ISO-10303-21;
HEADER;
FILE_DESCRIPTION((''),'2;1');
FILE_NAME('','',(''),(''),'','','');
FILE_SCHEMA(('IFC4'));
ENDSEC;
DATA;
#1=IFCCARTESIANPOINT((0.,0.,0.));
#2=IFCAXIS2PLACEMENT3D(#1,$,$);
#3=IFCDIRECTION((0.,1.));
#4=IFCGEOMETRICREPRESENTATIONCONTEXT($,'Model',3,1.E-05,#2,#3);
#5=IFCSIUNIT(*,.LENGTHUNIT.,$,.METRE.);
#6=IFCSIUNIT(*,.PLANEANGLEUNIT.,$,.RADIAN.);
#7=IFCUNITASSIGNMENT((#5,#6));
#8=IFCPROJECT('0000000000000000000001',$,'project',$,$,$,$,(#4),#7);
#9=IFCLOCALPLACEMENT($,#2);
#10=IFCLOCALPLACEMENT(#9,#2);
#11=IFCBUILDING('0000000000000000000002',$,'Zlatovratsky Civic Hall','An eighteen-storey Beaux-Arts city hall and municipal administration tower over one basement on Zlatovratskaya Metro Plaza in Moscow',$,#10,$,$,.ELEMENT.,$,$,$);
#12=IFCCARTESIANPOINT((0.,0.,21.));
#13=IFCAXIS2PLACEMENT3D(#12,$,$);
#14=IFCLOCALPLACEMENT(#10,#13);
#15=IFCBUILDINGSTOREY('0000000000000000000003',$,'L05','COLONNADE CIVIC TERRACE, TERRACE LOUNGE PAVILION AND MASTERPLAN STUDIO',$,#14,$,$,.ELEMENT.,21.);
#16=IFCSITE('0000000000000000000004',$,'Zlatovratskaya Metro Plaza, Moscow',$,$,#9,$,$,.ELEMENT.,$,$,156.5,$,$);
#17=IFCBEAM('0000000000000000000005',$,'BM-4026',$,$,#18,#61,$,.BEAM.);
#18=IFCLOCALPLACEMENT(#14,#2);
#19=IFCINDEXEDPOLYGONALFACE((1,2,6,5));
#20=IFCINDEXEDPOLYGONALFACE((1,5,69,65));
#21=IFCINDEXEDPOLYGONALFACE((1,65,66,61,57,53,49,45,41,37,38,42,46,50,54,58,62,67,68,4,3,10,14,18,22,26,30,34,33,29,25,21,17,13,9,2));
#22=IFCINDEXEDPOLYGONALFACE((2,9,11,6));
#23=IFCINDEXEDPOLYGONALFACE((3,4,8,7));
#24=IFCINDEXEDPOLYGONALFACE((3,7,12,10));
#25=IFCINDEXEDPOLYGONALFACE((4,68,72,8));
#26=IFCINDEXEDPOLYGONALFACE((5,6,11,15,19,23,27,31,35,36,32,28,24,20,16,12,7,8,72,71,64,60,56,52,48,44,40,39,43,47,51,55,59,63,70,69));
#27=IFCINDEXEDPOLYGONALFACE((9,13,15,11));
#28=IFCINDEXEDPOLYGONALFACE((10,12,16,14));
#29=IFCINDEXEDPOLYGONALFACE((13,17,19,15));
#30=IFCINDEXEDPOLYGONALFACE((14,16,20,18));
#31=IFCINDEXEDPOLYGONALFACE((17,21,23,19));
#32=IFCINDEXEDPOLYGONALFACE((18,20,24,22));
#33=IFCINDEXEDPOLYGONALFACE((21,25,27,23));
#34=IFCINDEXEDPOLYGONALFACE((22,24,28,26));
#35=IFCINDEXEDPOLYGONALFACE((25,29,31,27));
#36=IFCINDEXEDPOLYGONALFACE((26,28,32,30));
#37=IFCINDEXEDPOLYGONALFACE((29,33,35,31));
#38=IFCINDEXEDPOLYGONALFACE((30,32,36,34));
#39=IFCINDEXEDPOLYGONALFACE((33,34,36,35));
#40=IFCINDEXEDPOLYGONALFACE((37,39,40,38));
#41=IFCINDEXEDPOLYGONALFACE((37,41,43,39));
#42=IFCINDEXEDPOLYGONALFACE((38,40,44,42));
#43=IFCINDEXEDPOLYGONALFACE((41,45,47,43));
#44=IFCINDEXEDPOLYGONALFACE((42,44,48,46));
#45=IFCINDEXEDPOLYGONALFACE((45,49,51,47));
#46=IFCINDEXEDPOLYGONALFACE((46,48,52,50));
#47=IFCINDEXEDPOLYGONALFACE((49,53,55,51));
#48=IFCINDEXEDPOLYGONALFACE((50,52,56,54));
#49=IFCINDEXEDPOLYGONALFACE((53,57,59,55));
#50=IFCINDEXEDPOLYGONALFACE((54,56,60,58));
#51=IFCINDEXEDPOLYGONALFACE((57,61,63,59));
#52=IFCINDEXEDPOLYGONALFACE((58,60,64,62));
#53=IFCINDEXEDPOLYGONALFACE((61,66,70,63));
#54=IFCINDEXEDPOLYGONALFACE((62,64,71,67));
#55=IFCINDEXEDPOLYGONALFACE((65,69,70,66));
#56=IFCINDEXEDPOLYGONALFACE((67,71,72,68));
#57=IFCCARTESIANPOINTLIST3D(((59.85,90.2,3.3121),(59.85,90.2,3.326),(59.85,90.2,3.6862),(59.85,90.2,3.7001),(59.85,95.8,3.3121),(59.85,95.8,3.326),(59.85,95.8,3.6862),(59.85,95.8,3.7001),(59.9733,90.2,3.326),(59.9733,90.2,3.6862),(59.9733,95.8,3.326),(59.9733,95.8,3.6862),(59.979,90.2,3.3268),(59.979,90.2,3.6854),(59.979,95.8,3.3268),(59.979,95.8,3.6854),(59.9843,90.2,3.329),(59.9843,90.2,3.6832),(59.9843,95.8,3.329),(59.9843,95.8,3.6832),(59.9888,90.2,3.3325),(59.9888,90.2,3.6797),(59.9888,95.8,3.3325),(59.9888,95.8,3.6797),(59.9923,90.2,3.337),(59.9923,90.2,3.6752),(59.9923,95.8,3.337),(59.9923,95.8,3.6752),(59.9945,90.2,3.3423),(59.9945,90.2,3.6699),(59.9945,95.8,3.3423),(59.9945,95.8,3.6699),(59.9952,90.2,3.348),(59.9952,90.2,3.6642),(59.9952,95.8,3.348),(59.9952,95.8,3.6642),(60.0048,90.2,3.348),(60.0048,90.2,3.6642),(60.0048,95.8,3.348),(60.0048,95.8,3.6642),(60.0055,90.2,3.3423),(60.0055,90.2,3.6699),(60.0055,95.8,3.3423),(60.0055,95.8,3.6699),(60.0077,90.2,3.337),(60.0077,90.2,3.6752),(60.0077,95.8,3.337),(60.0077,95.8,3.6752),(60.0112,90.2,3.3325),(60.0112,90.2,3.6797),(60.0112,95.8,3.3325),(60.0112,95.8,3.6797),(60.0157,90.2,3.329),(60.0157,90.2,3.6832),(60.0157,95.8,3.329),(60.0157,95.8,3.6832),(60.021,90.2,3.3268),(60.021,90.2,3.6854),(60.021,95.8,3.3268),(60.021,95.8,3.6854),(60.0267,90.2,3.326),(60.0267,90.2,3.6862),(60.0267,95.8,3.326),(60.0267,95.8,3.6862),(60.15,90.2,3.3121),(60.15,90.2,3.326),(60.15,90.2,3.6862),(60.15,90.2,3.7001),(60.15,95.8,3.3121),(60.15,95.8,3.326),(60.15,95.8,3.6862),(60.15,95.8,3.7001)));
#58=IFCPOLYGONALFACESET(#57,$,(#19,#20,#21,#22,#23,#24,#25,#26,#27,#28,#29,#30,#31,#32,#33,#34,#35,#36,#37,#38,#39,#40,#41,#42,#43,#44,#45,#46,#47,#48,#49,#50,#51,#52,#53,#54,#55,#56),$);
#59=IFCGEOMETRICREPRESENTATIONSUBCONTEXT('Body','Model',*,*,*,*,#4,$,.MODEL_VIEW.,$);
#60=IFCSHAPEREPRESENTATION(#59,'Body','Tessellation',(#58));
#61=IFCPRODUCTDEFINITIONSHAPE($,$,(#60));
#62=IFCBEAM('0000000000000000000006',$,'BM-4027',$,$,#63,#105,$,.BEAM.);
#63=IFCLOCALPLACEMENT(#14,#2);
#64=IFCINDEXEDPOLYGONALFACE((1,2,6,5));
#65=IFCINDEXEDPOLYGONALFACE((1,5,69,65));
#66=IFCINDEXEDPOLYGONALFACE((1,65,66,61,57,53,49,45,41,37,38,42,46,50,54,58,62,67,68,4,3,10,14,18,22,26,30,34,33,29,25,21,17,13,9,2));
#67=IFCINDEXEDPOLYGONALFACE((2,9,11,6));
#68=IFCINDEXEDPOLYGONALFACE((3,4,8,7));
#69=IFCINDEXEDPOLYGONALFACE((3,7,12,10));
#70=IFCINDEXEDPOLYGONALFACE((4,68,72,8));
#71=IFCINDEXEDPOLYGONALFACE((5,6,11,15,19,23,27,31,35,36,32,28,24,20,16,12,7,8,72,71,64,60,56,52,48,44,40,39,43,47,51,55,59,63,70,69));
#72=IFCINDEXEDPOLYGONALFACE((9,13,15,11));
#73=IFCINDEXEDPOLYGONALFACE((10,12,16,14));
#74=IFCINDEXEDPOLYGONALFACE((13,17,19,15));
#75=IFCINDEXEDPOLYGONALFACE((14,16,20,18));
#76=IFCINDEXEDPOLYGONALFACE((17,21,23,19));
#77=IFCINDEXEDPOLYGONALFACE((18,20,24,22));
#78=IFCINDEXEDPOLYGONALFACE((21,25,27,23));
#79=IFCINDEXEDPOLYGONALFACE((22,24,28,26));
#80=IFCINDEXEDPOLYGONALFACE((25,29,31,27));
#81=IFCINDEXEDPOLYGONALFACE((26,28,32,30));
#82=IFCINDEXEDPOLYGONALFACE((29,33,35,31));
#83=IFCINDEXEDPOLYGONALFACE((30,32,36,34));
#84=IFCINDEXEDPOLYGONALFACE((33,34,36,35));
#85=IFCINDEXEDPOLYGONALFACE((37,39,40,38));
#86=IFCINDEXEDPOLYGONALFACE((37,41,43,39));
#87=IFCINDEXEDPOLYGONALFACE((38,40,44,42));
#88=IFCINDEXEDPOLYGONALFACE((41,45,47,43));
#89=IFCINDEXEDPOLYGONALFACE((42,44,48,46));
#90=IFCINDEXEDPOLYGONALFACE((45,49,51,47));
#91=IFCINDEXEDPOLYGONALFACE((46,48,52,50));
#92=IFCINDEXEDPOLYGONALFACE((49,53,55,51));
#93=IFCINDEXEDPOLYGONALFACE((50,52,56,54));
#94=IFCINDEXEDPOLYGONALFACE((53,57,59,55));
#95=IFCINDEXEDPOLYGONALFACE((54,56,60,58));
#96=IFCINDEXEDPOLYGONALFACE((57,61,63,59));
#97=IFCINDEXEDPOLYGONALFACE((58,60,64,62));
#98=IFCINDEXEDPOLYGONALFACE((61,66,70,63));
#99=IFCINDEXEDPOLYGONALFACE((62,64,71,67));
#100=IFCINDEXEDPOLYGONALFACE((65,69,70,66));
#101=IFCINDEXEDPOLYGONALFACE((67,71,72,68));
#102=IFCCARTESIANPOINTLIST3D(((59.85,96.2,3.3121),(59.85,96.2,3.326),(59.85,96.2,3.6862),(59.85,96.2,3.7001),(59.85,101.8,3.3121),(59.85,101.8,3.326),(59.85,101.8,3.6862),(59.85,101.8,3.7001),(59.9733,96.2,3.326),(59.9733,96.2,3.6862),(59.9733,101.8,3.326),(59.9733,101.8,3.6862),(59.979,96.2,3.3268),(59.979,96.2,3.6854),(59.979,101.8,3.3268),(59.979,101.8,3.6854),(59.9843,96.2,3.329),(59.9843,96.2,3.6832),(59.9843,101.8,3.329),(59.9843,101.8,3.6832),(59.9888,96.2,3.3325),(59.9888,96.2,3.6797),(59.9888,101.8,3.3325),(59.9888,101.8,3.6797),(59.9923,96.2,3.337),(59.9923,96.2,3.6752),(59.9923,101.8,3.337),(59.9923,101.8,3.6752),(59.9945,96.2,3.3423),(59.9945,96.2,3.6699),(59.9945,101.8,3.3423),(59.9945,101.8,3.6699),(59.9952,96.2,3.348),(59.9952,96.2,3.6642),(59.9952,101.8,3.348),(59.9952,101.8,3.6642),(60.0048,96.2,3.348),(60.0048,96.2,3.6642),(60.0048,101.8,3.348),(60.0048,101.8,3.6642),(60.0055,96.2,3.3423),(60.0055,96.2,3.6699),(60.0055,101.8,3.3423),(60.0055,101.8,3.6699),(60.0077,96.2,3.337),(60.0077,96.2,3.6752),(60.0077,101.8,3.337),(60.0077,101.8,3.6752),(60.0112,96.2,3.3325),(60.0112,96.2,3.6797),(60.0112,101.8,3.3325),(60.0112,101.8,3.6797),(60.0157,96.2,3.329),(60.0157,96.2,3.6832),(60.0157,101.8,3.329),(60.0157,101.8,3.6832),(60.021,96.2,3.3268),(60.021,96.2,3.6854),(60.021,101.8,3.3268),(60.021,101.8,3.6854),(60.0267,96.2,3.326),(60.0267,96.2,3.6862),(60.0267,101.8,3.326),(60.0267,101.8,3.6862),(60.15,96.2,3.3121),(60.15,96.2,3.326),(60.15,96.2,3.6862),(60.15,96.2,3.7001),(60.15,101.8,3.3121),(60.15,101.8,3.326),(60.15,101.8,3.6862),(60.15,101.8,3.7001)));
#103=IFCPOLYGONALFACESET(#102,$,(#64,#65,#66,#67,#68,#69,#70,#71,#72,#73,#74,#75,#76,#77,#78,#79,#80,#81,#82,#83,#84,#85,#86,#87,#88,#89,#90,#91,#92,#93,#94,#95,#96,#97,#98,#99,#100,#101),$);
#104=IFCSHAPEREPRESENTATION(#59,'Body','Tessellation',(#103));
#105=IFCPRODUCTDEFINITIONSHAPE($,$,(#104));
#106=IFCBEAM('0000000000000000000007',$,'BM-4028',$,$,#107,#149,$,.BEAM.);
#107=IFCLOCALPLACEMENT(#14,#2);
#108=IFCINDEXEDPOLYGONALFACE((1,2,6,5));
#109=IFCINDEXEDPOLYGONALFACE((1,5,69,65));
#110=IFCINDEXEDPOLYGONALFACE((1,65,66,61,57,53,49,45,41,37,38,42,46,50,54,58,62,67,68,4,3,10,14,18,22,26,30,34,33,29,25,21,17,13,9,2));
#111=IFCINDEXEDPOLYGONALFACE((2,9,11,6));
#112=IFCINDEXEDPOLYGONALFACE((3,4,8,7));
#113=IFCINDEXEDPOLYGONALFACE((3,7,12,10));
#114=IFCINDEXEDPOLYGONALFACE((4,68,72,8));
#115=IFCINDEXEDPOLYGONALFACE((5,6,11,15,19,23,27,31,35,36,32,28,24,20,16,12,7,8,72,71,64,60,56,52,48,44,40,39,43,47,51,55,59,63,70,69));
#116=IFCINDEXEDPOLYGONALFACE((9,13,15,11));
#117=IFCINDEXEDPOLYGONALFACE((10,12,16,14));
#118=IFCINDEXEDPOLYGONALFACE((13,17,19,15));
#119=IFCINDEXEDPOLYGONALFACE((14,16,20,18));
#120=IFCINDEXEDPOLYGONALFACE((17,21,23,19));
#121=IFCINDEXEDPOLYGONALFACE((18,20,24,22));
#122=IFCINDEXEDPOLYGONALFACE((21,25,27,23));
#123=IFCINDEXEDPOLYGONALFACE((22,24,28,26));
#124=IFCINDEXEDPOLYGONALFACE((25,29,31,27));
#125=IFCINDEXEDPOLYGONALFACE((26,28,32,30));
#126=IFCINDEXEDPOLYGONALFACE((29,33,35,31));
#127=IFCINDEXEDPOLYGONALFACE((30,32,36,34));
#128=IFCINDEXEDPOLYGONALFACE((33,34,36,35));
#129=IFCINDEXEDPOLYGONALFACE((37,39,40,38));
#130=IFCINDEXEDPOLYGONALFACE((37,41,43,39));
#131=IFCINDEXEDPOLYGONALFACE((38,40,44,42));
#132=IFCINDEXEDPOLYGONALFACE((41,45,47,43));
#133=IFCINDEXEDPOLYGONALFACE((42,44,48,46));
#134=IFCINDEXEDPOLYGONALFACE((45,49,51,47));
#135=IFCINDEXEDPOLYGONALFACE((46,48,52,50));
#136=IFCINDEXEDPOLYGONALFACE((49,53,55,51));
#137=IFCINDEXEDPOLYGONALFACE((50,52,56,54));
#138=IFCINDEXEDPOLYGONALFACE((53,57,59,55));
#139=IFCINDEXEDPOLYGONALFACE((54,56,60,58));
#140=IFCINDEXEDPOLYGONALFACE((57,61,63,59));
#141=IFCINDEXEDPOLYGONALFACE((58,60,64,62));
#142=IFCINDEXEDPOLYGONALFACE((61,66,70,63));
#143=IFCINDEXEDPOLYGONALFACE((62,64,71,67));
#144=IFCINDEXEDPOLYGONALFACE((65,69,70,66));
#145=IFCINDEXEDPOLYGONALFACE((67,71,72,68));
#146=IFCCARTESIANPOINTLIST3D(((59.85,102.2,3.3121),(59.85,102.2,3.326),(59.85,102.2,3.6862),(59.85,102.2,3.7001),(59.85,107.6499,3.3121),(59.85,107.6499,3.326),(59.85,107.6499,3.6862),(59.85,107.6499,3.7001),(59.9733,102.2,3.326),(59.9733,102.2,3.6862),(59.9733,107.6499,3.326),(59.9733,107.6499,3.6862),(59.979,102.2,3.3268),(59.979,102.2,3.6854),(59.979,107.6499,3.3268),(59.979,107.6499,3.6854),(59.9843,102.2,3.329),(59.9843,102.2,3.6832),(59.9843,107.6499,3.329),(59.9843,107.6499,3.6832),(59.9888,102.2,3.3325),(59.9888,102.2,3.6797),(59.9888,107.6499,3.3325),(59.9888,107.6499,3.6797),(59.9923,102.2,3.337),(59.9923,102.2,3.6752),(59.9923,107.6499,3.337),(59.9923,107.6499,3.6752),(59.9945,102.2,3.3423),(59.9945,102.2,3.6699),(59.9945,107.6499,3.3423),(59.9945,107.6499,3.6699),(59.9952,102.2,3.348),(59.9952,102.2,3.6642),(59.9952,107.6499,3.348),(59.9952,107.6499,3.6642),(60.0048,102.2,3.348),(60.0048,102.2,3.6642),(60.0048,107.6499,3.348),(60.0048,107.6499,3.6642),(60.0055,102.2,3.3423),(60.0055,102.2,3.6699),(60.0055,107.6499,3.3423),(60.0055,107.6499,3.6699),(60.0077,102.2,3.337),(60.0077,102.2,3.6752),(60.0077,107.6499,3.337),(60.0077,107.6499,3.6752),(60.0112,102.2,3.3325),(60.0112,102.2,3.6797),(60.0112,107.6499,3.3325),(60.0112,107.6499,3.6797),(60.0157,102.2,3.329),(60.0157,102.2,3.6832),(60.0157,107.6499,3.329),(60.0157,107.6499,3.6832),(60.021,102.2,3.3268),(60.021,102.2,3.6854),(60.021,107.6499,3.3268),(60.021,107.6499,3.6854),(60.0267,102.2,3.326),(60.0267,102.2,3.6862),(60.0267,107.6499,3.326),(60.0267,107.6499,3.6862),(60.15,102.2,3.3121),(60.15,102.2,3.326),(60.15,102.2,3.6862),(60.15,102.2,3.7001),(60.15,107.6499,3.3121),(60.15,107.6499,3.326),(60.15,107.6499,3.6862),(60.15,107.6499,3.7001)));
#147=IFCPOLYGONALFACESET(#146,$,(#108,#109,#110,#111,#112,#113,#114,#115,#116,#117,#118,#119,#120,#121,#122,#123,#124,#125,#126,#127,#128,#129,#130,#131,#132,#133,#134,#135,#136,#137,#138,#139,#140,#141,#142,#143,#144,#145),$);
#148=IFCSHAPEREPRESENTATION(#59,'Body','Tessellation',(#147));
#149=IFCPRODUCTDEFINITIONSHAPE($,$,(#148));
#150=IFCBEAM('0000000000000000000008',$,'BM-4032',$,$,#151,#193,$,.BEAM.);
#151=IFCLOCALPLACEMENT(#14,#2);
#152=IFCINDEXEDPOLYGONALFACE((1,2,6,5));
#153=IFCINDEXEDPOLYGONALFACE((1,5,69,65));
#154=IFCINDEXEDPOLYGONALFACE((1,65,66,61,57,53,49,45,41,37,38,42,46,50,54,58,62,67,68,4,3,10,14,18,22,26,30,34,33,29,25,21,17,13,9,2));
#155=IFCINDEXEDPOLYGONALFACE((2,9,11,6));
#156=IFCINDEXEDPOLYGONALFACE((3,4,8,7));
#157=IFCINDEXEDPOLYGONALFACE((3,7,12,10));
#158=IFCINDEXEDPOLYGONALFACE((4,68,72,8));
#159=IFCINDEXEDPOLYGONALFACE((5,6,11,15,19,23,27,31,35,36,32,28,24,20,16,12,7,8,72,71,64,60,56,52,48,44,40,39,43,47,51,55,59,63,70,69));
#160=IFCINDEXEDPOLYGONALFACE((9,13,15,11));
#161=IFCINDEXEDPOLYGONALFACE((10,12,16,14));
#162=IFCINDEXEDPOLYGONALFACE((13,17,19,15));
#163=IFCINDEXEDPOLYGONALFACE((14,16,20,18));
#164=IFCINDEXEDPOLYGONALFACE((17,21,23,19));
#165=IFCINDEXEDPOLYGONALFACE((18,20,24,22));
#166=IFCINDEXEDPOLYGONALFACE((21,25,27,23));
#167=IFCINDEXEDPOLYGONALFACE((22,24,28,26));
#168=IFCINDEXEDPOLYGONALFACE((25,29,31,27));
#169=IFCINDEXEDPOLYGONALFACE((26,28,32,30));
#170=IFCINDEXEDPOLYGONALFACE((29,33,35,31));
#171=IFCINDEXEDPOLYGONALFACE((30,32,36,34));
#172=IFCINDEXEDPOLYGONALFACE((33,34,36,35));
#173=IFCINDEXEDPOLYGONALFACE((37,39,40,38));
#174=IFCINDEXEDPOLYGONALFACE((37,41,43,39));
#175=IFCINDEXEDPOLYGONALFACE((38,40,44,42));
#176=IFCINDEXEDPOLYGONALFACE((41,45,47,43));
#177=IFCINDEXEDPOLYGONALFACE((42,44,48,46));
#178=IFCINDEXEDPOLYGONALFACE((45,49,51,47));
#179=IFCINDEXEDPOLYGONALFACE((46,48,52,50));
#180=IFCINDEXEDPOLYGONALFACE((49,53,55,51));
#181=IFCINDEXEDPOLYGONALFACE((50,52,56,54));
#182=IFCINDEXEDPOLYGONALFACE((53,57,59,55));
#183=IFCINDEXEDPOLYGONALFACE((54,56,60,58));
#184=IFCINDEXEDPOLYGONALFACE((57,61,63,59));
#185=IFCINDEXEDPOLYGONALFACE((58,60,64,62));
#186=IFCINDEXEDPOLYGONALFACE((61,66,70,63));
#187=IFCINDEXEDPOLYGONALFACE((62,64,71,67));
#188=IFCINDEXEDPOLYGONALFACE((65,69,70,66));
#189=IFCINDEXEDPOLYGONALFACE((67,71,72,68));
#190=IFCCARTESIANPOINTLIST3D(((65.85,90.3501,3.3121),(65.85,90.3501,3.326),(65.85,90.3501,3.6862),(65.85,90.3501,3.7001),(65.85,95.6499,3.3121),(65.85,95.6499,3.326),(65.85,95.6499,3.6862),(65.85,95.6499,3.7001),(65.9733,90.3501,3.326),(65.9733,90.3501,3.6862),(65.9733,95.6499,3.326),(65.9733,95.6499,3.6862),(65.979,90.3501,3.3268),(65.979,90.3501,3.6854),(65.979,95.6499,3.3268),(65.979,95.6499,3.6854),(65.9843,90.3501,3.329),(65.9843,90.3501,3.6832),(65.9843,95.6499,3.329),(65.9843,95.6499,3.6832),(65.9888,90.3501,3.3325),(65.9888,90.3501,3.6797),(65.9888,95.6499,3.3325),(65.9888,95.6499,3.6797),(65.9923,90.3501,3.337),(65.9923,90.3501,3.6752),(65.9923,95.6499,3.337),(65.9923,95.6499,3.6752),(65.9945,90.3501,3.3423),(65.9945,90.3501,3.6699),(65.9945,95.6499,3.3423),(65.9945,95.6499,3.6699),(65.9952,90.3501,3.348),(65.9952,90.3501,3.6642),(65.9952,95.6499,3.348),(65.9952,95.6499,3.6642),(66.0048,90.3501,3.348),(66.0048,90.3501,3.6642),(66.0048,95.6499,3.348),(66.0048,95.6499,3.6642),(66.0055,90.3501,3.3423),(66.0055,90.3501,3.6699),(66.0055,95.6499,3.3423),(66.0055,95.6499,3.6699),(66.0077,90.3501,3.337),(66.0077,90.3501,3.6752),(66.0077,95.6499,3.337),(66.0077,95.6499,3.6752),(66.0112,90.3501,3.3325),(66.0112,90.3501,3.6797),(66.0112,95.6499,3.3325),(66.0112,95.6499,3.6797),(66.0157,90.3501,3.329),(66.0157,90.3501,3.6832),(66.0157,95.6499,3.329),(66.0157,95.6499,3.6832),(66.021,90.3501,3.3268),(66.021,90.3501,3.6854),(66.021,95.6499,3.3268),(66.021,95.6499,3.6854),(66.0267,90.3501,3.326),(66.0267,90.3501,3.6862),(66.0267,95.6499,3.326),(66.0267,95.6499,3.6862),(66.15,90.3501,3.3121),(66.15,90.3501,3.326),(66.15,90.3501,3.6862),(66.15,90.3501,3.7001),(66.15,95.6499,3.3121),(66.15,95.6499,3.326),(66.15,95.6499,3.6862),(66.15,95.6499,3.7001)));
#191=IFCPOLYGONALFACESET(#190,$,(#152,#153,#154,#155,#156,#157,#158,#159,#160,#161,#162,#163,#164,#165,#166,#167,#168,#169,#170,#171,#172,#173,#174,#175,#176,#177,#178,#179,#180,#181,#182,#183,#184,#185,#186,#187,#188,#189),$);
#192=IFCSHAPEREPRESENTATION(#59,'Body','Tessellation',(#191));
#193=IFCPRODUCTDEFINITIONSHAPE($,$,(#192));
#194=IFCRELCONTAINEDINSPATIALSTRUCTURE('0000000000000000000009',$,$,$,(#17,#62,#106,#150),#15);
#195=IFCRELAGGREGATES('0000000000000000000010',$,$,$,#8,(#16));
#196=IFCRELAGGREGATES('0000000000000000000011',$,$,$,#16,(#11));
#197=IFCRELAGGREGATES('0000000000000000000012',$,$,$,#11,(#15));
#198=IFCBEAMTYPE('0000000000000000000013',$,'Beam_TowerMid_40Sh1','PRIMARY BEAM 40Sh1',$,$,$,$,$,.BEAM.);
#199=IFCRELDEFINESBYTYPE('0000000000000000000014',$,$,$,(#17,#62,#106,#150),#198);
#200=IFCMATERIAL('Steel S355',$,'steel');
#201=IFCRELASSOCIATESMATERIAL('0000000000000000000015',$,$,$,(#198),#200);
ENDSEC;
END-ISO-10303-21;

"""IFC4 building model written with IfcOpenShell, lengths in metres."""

from ifc_helpers import new_model, si_unit, direction, frame, origin, origin_2d, place, context, subcontext, project, spatial, i_section, extrude, material, material_profile, profile_set, type_object, element, save


model = new_model("IFC4")

# Units and contexts
model_context = context("Model", 3, precision=1e-05, world=origin(), true_north=direction((0.0, 1.0)))
body_context = subcontext(model_context, "Body", "Model", "MODEL_VIEW")
ifc_project = project(units=[si_unit("LENGTHUNIT", "METRE"), si_unit("PLANEANGLEUNIT", "RADIAN")], contexts=[model_context])

# Site, building, storey
site_placement = place(None, origin())
site = spatial("IfcSite", under=ifc_project, at=site_placement, Name="Zlatovratskaya Metro Plaza, Moscow", CompositionType="ELEMENT", RefElevation=156.5)
building_placement = place(site_placement, origin())
building = spatial("IfcBuilding", under=site, at=building_placement, Name="Zlatovratsky Civic Hall", Description="An eighteen-storey Beaux-Arts city hall and municipal administration tower over one basement on Zlatovratskaya Metro Plaza in Moscow", CompositionType="ELEMENT")
storey_placement = place(building_placement, frame((0.0, 0.0, 21.0)))
storey = spatial("IfcBuildingStorey", under=building, at=storey_placement, Name="L05", Description="COLONNADE CIVIC TERRACE, TERRACE LOUNGE PAVILION AND MASTERPLAN STUDIO", CompositionType="ELEMENT", Elevation=21.0)

# Shared definitions
ifc_material_1 = material(Name="Steel S355", Category="steel")

# Beams
ifc_material_profile_1 = material_profile(ifc_material_1, i_section(OverallWidth=0.3, OverallDepth=0.3879, WebThickness=0.0095, FlangeThickness=0.0139, FilletRadius=0.022, at=origin_2d()), Name="40Sh1")
ifc_profile_set_1 = profile_set([ifc_material_profile_1], Name="Steel S355")
beam_type_1 = type_object("IfcBeamType", Name="Beam_TowerMid_40Sh1", Description="PRIMARY BEAM 40Sh1", PredefinedType="BEAM", material=ifc_profile_set_1)
for number, where, z_axis, x_axis, name in (
    (1, (60.0, 90.2, 3.5061), (0.0, 1.0, 0.0), (-1.0, 0.0, 0.0), "BM-4026"),
    (2, (60.0, 96.2, 3.5061), (0.0, 1.0, 0.0), (-1.0, 0.0, 0.0), "BM-4027"),
):
    element("IfcBeam", number, at=place(storey_placement, frame(where, z_axis=z_axis, x_axis=x_axis)), inside=storey, type_object=beam_type_1, Name=name, PredefinedType="BEAM", context=body_context, shape_type="SweptSolid", body=[
        extrude(i_section(OverallWidth=0.3, OverallDepth=0.3879, WebThickness=0.0095, FlangeThickness=0.0139, FilletRadius=0.022, at=origin_2d()), origin(), (0.0, 0.0, 1.0), 5.6001),
    ])
beam_1_placement = place(storey_placement, frame((60.0, 102.2, 3.5061), z_axis=(0.0, 1.0, 0.0), x_axis=(-1.0, 0.0, 0.0)))
element("IfcBeam", 3, at=beam_1_placement, inside=storey, type_object=beam_type_1, Name="BM-4028", PredefinedType="BEAM", context=body_context, shape_type="SweptSolid", body=[
    extrude(i_section(OverallWidth=0.3, OverallDepth=0.3879, WebThickness=0.0095, FlangeThickness=0.0139, FilletRadius=0.022, at=origin_2d()), origin(), (0.0, 0.0, 1.0), 5.45),
])
beam_2_placement = place(storey_placement, frame((66.0, 90.3501, 3.5061), z_axis=(0.0, 1.0, 0.0), x_axis=(-1.0, 0.0, 0.0)))
element("IfcBeam", 4, at=beam_2_placement, inside=storey, type_object=beam_type_1, Name="BM-4032", PredefinedType="BEAM", context=body_context, shape_type="SweptSolid", body=[
    extrude(i_section(OverallWidth=0.3, OverallDepth=0.3879, WebThickness=0.0095, FlangeThickness=0.0139, FilletRadius=0.022, at=origin_2d()), origin(), (0.0, 0.0, 1.0), 5.2998),
])

save(model, "model.ifc")
